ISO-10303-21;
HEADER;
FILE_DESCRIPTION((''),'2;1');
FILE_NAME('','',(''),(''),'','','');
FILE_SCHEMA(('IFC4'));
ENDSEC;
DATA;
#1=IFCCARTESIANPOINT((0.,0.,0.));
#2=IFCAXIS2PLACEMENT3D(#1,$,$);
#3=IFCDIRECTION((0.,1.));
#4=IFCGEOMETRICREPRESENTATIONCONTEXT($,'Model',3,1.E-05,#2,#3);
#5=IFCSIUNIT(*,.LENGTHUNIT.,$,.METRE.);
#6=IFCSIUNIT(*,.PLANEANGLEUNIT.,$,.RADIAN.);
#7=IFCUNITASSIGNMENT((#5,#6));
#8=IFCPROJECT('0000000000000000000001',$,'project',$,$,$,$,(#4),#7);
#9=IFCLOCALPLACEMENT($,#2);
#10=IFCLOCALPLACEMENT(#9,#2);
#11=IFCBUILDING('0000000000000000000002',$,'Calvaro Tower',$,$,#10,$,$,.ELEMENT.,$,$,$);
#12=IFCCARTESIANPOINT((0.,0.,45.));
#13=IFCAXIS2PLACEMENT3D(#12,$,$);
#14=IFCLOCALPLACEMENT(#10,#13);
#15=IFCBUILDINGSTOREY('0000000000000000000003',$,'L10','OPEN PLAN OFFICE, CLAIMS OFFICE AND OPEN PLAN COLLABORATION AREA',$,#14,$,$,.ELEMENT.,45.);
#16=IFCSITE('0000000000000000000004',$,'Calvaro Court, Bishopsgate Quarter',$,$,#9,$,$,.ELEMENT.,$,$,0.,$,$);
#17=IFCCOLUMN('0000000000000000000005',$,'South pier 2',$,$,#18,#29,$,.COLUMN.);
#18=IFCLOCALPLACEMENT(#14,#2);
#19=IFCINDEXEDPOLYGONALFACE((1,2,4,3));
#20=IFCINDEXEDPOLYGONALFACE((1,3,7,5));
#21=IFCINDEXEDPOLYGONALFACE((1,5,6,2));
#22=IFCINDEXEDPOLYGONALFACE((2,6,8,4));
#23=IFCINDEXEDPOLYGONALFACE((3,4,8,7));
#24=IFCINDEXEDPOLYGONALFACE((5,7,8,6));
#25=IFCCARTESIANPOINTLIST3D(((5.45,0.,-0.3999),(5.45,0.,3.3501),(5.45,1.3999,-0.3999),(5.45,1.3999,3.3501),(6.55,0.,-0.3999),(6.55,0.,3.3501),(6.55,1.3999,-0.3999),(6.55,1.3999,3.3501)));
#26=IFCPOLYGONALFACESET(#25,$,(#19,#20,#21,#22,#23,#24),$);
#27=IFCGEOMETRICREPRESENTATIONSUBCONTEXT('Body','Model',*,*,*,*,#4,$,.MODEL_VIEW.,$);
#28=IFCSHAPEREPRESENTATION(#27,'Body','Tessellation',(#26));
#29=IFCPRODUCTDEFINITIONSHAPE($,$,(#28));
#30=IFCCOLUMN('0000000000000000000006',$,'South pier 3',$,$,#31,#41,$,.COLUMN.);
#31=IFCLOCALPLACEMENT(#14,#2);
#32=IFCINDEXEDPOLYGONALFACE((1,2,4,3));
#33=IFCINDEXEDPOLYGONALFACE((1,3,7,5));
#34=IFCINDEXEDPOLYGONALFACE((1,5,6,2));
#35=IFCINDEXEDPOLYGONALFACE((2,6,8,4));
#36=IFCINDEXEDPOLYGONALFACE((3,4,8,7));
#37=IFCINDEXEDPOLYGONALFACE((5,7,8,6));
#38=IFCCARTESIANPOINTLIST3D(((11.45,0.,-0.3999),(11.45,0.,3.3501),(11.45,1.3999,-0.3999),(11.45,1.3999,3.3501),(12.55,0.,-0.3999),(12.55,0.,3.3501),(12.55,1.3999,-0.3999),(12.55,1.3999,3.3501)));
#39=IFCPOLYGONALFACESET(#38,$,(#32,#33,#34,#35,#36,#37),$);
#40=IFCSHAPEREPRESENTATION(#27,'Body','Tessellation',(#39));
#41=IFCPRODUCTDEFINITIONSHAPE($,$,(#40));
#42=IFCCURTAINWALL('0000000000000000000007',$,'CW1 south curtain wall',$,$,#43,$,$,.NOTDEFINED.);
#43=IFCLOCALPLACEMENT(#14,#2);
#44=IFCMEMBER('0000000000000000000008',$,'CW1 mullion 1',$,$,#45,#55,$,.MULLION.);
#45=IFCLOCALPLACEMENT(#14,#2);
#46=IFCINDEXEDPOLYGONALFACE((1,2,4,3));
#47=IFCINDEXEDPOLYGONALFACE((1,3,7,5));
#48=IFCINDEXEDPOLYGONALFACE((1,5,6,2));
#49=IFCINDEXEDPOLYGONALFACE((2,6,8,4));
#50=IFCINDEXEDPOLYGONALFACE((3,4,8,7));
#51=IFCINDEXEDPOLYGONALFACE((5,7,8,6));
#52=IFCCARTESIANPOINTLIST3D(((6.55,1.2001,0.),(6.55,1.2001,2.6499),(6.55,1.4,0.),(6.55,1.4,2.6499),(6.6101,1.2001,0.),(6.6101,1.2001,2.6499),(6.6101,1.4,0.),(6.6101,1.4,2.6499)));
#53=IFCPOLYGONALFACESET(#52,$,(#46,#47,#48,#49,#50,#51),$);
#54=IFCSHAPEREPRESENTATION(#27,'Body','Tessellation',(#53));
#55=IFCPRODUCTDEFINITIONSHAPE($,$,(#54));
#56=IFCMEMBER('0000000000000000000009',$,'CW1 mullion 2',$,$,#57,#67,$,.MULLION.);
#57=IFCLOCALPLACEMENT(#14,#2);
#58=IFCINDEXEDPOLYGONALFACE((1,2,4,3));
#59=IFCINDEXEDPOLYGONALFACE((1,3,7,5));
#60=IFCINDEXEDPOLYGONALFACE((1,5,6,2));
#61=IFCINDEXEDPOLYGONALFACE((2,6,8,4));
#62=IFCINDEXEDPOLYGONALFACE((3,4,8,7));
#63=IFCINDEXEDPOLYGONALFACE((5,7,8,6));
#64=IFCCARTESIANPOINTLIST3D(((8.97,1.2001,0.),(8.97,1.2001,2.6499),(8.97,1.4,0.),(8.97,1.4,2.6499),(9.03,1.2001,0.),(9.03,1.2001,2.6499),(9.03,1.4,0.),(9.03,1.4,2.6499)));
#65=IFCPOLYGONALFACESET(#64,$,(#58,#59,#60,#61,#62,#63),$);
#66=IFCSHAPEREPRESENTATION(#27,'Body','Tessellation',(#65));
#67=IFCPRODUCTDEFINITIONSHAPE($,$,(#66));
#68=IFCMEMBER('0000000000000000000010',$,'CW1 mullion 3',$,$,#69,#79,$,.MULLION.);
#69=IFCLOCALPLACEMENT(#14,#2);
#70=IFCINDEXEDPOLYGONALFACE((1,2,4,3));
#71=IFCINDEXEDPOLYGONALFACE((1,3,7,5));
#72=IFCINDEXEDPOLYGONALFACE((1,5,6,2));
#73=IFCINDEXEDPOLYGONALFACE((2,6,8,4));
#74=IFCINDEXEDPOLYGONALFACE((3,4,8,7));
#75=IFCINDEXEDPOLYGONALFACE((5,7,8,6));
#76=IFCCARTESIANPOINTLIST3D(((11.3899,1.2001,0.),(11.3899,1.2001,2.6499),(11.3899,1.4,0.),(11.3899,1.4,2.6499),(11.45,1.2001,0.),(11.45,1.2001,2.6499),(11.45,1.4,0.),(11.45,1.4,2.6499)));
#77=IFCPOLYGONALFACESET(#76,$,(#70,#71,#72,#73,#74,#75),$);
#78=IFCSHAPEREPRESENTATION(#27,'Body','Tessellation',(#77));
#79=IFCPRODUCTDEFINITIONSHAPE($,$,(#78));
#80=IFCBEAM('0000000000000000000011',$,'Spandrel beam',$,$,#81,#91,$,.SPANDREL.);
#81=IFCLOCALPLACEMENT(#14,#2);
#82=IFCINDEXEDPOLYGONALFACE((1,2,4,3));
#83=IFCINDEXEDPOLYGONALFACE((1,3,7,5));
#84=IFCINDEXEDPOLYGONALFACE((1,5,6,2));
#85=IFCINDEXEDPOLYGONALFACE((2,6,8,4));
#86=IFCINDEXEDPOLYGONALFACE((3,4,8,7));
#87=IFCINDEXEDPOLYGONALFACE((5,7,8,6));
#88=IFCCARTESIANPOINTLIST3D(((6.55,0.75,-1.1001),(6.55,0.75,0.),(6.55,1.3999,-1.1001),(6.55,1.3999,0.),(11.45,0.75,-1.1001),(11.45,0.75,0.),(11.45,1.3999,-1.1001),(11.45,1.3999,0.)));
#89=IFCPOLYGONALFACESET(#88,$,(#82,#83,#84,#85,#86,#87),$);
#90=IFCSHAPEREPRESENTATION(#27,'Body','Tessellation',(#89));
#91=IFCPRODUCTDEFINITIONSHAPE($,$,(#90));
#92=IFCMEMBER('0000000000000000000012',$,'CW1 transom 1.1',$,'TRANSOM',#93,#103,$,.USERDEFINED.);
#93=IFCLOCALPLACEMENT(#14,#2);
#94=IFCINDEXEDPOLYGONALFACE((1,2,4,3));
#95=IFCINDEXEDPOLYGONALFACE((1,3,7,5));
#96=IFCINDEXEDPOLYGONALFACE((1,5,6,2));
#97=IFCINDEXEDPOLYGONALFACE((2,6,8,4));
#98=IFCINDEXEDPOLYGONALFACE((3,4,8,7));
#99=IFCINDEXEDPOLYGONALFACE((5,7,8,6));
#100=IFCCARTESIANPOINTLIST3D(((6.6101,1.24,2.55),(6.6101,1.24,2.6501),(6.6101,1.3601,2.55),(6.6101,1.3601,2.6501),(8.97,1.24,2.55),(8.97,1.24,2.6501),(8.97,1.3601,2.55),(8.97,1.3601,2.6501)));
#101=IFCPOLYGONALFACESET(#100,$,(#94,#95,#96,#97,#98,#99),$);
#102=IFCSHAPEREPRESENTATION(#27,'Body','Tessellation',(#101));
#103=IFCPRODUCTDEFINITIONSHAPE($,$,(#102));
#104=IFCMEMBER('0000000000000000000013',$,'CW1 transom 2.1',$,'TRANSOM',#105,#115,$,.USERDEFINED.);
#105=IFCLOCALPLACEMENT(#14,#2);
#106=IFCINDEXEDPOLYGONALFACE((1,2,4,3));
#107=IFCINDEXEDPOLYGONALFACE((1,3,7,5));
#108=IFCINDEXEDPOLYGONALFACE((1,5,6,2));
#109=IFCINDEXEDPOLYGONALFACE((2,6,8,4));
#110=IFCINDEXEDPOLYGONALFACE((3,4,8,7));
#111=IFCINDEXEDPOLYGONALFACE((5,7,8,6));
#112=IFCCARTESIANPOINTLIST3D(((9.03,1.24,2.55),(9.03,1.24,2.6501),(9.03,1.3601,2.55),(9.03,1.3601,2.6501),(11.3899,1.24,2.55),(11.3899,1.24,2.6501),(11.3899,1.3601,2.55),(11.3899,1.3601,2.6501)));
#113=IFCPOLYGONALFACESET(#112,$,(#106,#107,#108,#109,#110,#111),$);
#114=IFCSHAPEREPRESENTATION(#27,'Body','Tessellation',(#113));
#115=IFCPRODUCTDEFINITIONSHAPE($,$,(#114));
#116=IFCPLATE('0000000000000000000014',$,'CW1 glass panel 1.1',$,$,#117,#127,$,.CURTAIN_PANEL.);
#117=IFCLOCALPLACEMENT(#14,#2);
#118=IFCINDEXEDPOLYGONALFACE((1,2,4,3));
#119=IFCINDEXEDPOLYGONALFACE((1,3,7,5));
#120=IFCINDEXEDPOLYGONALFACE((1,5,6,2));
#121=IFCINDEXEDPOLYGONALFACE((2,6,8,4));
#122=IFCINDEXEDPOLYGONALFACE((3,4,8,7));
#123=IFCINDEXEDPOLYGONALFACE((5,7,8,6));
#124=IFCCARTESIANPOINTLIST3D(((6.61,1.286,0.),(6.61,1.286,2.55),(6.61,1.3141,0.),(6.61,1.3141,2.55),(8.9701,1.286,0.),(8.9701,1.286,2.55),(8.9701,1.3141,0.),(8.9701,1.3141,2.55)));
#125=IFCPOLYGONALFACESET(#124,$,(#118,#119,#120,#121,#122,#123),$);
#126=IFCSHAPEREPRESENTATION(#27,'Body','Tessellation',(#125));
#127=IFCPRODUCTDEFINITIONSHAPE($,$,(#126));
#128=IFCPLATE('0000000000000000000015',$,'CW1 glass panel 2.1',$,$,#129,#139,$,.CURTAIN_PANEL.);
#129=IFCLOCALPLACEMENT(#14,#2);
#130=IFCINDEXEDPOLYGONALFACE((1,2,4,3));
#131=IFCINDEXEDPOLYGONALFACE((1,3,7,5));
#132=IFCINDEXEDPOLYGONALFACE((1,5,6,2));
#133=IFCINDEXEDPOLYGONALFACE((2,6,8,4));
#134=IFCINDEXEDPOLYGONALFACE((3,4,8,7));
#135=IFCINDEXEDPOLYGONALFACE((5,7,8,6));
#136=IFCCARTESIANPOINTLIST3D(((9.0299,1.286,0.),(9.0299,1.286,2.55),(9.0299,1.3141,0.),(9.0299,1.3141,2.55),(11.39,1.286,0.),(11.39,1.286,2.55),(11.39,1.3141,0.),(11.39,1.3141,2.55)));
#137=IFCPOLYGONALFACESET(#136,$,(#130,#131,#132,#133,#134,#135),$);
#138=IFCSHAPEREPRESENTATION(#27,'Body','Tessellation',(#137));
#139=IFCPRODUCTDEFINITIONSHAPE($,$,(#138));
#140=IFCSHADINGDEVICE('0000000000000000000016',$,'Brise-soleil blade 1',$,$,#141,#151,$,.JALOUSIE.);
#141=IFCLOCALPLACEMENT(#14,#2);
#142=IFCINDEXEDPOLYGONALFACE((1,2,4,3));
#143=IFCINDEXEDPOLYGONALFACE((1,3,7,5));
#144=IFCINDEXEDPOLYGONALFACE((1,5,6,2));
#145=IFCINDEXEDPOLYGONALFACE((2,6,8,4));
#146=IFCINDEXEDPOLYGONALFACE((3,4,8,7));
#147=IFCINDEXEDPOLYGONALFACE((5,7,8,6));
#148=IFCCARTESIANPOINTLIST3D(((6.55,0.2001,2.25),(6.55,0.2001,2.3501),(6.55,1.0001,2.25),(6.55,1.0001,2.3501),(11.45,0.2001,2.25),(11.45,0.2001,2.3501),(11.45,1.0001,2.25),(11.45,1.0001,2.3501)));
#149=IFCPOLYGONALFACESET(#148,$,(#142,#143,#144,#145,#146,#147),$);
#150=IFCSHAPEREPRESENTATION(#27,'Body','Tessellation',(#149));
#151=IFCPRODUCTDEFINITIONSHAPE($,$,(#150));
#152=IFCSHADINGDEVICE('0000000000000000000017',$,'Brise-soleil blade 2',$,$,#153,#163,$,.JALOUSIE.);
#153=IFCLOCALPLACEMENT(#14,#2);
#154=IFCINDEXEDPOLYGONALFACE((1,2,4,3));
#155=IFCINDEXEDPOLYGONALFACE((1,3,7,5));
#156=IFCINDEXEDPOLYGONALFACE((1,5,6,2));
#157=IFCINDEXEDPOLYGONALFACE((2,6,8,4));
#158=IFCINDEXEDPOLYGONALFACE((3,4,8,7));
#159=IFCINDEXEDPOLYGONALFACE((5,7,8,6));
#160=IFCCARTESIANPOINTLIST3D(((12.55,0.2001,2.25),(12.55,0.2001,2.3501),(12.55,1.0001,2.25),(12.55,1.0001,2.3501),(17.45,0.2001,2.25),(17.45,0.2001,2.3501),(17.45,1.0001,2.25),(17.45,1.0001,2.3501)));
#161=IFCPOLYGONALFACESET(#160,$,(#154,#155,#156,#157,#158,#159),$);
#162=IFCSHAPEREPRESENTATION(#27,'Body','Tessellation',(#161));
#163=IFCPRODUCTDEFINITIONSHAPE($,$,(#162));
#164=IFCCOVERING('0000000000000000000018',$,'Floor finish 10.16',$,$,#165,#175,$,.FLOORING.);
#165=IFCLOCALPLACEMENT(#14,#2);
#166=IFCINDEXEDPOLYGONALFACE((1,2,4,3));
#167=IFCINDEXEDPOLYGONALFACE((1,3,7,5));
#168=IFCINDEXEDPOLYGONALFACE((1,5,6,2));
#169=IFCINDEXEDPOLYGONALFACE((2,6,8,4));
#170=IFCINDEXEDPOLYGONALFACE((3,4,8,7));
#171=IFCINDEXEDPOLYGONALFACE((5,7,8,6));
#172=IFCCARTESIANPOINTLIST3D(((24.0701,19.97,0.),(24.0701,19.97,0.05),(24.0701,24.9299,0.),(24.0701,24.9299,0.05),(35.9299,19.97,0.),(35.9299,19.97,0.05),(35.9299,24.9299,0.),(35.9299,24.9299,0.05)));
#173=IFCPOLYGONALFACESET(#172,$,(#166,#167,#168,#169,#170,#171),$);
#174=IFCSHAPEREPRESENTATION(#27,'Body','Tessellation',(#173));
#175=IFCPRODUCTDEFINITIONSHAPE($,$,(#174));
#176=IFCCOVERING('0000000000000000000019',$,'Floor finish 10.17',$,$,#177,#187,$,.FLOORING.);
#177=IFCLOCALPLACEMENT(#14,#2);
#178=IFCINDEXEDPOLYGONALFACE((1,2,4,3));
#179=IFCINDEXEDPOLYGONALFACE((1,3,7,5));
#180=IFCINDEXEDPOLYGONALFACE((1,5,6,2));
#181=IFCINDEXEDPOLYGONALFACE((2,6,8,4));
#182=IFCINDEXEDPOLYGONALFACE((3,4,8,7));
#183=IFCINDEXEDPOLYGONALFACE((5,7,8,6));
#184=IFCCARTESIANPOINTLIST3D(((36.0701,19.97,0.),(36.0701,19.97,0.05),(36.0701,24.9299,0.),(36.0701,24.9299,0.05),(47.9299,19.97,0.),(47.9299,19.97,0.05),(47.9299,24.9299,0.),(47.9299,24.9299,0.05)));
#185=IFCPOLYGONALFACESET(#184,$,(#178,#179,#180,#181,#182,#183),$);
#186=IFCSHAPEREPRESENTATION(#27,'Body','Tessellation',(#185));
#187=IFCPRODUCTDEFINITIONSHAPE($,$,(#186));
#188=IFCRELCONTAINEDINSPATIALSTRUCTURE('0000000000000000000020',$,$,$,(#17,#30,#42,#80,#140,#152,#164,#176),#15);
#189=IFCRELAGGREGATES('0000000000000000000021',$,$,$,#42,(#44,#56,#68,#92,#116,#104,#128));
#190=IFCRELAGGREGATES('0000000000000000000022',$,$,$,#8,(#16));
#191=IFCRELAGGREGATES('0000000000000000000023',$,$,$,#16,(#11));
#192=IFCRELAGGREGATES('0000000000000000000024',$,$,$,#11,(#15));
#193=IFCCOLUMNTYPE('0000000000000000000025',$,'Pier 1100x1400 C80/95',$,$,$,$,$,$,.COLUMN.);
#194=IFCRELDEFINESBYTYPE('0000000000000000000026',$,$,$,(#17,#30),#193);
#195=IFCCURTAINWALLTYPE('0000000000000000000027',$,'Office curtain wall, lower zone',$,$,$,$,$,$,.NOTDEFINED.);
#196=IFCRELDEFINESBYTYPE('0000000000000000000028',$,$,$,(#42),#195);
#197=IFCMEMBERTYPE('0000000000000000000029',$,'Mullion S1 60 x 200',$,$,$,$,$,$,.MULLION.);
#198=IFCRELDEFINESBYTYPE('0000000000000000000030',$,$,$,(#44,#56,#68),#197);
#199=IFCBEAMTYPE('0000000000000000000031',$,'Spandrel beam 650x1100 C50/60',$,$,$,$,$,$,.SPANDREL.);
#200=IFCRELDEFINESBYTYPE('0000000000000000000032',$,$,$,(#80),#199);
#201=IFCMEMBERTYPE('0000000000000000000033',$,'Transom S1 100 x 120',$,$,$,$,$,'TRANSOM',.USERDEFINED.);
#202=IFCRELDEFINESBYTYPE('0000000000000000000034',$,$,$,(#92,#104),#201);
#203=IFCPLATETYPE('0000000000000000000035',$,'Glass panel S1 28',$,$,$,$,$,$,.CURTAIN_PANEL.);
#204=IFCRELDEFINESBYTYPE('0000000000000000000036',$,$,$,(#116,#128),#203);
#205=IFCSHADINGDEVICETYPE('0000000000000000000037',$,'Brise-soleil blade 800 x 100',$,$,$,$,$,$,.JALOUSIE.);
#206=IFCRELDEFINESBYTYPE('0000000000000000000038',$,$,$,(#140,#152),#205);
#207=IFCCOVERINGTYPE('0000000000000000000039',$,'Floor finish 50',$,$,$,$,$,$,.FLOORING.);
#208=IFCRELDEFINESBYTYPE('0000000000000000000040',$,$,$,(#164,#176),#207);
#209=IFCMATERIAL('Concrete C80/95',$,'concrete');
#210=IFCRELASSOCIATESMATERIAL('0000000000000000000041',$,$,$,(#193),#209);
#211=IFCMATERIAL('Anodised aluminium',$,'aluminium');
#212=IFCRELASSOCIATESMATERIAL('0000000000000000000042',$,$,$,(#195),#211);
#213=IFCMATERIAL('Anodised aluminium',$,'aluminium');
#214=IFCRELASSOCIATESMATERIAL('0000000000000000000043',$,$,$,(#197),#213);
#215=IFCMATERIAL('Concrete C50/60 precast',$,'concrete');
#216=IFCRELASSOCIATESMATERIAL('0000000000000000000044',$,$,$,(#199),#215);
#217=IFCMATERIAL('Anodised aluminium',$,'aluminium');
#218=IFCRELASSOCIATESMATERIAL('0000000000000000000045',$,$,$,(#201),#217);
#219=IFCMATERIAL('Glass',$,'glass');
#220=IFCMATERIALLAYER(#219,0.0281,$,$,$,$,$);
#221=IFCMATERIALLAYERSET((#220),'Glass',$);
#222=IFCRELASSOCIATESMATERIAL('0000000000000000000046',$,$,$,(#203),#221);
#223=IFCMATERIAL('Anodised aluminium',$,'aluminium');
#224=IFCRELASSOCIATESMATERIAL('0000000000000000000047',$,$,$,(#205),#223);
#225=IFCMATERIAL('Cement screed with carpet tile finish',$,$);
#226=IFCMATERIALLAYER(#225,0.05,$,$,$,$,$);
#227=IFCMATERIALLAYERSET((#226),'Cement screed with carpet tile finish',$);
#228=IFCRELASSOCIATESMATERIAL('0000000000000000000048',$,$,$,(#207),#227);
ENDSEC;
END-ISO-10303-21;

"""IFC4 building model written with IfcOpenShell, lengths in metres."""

from ifc_helpers import new_model, si_unit, direction, frame, origin, origin_2d, place, context, subcontext, project, spatial, polyline, rectangle, outline, extrude, material, layer, layer_set, material_profile, profile_set, type_object, element, aggregate, save


model = new_model("IFC4")

# Units and contexts
model_context = context("Model", 3, precision=1e-05, world=origin(), true_north=direction((0.0, 1.0)))
body_context = subcontext(model_context, "Body", "Model", "MODEL_VIEW")
ifc_project = project(units=[si_unit("LENGTHUNIT", "METRE"), si_unit("PLANEANGLEUNIT", "RADIAN")], contexts=[model_context])

# Site, building, storey
site_placement = place(None, origin())
site = spatial("IfcSite", under=ifc_project, at=site_placement, Name="Calvaro Court, Bishopsgate Quarter", CompositionType="ELEMENT", RefElevation=0.0)
building_placement = place(site_placement, origin())
building = spatial("IfcBuilding", under=site, at=building_placement, Name="Calvaro Tower", CompositionType="ELEMENT")
storey_placement = place(building_placement, frame((0.0, 0.0, 45.0)))
storey = spatial("IfcBuildingStorey", under=building, at=storey_placement, Name="L10", Description="OPEN PLAN OFFICE, CLAIMS OFFICE AND OPEN PLAN COLLABORATION AREA", CompositionType="ELEMENT", Elevation=45.0)

# Columns
ifc_material_1 = material(Name="Concrete C80/95", Category="concrete")
ifc_material_profile_1 = material_profile(ifc_material_1, rectangle(XDim=1.1001, YDim=1.3999, at=origin_2d()), Name="RC 1100x1400")
ifc_profile_set_1 = profile_set([ifc_material_profile_1], Name="Concrete C80/95")
column_type = type_object("IfcColumnType", Name="Pier 1100x1400 C80/95", PredefinedType="COLUMN", material=ifc_profile_set_1)
for number, where, z_axis, x_axis, name in (
    (1, (6.0, 0.7, -0.3999), (0.0, 0.0, 1.0), (1.0, 0.0, 0.0), "South pier 2"),
    (2, (12.0, 0.7, -0.3999), (0.0, 0.0, 1.0), (1.0, 0.0, 0.0), "South pier 3"),
):
    element("IfcColumn", number, at=place(storey_placement, frame(where, z_axis=z_axis, x_axis=x_axis)), inside=storey, type_object=column_type, Name=name, PredefinedType="COLUMN", context=body_context, shape_type="SweptSolid", body=[
        extrude(rectangle(XDim=1.1001, YDim=1.3999, at=origin_2d()), origin(), (0.0, 0.0, 1.0), 3.75),
    ])

# Curtain wall, members
ifc_material_2 = material(Name="Anodised aluminium", Category="aluminium")
curtain_wall_type = type_object("IfcCurtainWallType", Name="Office curtain wall, lower zone", PredefinedType="NOTDEFINED", material=ifc_material_2)
curtain_wall_placement = place(storey_placement, origin())
curtain_wall = element("IfcCurtainWall", 3, at=curtain_wall_placement, inside=storey, type_object=curtain_wall_type, Name="CW1 south curtain wall", PredefinedType="NOTDEFINED")
ifc_material_3 = material(Name="Anodised aluminium", Category="aluminium")
ifc_material_profile_2 = material_profile(ifc_material_3, rectangle(XDim=0.2, YDim=0.0601, at=origin_2d()), Name="Mullion S1 60 x 200")
ifc_profile_set_2 = profile_set([ifc_material_profile_2], Name="Anodised aluminium")
member_type_1 = type_object("IfcMemberType", Name="Mullion S1 60 x 200", PredefinedType="MULLION", material=ifc_profile_set_2)
member_1_placement = place(storey_placement, frame((6.5801, 1.3, 0.0), z_axis=(0.0, 0.0, 1.0), x_axis=(0.0, 1.0, 0.0)))
member_1 = element("IfcMember", 4, at=member_1_placement, type_object=member_type_1, Name="CW1 mullion 1", PredefinedType="MULLION", context=body_context, shape_type="SweptSolid", body=[
    extrude(rectangle(XDim=0.2, YDim=0.0601, at=origin_2d()), origin(), (0.0, 0.0, 1.0), 2.6499),
])
member_2_placement = place(storey_placement, frame((9.0, 1.3, 0.0), z_axis=(0.0, 0.0, 1.0), x_axis=(0.0, 1.0, 0.0)))
member_2 = element("IfcMember", 5, at=member_2_placement, type_object=member_type_1, Name="CW1 mullion 2", PredefinedType="MULLION", context=body_context, shape_type="SweptSolid", body=[
    extrude(rectangle(XDim=0.2, YDim=0.0601, at=origin_2d()), origin(), (0.0, 0.0, 1.0), 2.6499),
])
member_3_placement = place(storey_placement, frame((11.4199, 1.3, 0.0), z_axis=(0.0, 0.0, 1.0), x_axis=(0.0, 1.0, 0.0)))
member_3 = element("IfcMember", 6, at=member_3_placement, type_object=member_type_1, Name="CW1 mullion 3", PredefinedType="MULLION", context=body_context, shape_type="SweptSolid", body=[
    extrude(rectangle(XDim=0.2, YDim=0.0601, at=origin_2d()), origin(), (0.0, 0.0, 1.0), 2.6499),
])

# Beam
ifc_material_4 = material(Name="Concrete C50/60 precast", Category="concrete")
ifc_material_profile_3 = material_profile(ifc_material_4, rectangle(XDim=0.6499, YDim=1.1001, at=origin_2d()), Name="RC 650x1100")
ifc_profile_set_3 = profile_set([ifc_material_profile_3], Name="Concrete C50/60 precast")
beam_type = type_object("IfcBeamType", Name="Spandrel beam 650x1100 C50/60", PredefinedType="SPANDREL", material=ifc_profile_set_3)
beam_placement = place(storey_placement, frame((6.55, 1.075, -0.55), z_axis=(1.0, 0.0, 0.0), x_axis=(0.0, 1.0, 0.0)))
element("IfcBeam", 7, at=beam_placement, inside=storey, type_object=beam_type, Name="Spandrel beam", PredefinedType="SPANDREL", context=body_context, shape_type="SweptSolid", body=[
    extrude(rectangle(XDim=0.6499, YDim=1.1001, at=origin_2d()), origin(), (0.0, 0.0, 1.0), 4.8999),
])

# Members
ifc_material_5 = material(Name="Anodised aluminium", Category="aluminium")
ifc_material_profile_4 = material_profile(ifc_material_5, rectangle(XDim=0.1201, YDim=0.1001, at=origin_2d()), Name="Transom S1 100 x 120")
ifc_profile_set_4 = profile_set([ifc_material_profile_4], Name="Anodised aluminium")
member_type_2 = type_object("IfcMemberType", Name="Transom S1 100 x 120", ElementType="TRANSOM", PredefinedType="USERDEFINED", material=ifc_profile_set_4)
member_4_placement = place(storey_placement, frame((6.6101, 1.3, 2.6001), z_axis=(1.0, 0.0, 0.0), x_axis=(0.0, 1.0, 0.0)))
member_4 = element("IfcMember", 8, at=member_4_placement, type_object=member_type_2, Name="CW1 transom 1.1", ObjectType="TRANSOM", PredefinedType="USERDEFINED", context=body_context, shape_type="SweptSolid", body=[
    extrude(rectangle(XDim=0.1201, YDim=0.1001, at=origin_2d()), origin(), (0.0, 0.0, 1.0), 2.3599),
])
member_5_placement = place(storey_placement, frame((9.03, 1.3, 2.6001), z_axis=(1.0, 0.0, 0.0), x_axis=(0.0, 1.0, 0.0)))
member_5 = element("IfcMember", 9, at=member_5_placement, type_object=member_type_2, Name="CW1 transom 2.1", ObjectType="TRANSOM", PredefinedType="USERDEFINED", context=body_context, shape_type="SweptSolid", body=[
    extrude(rectangle(XDim=0.1201, YDim=0.1001, at=origin_2d()), origin(), (0.0, 0.0, 1.0), 2.3599),
])

# Plates
ifc_material_6 = material(Name="Glass", Category="glass")
ifc_layer_1 = layer(ifc_material_6, 0.0281)
ifc_layer_set_1 = layer_set([ifc_layer_1], Name="Glass")
plate_type = type_object("IfcPlateType", Name="Glass panel S1 28", PredefinedType="CURTAIN_PANEL", material=ifc_layer_set_1)
plate_1_placement = place(storey_placement, frame((7.79, 1.3, 0.0), z_axis=(0.0, 0.0, 1.0), x_axis=(1.0, 0.0, 0.0)))
plate_1 = element("IfcPlate", 10, at=plate_1_placement, type_object=plate_type, Name="CW1 glass panel 1.1", PredefinedType="CURTAIN_PANEL", context=body_context, shape_type="SweptSolid", body=[
    extrude(rectangle(XDim=2.3601, YDim=0.0281, at=origin_2d()), origin(), (0.0, 0.0, 1.0), 2.55),
])
plate_2_placement = place(storey_placement, frame((10.21, 1.3, 0.0), z_axis=(0.0, 0.0, 1.0), x_axis=(1.0, 0.0, 0.0)))
plate_2 = element("IfcPlate", 11, at=plate_2_placement, type_object=plate_type, Name="CW1 glass panel 2.1", PredefinedType="CURTAIN_PANEL", context=body_context, shape_type="SweptSolid", body=[
    extrude(rectangle(XDim=2.3601, YDim=0.0281, at=origin_2d()), origin(), (0.0, 0.0, 1.0), 2.55),
])
aggregate(curtain_wall, [member_1, member_2, member_3, member_4, plate_1, member_5, plate_2])

# Shading devices
ifc_material_7 = material(Name="Anodised aluminium", Category="aluminium")
ifc_material_profile_5 = material_profile(ifc_material_7, rectangle(XDim=0.8, YDim=0.1001, at=origin_2d()), Name="Brise-soleil blade 800 x 100")
ifc_profile_set_5 = profile_set([ifc_material_profile_5], Name="Anodised aluminium")
shading_device_type = type_object("IfcShadingDeviceType", Name="Brise-soleil blade 800 x 100", PredefinedType="JALOUSIE", material=ifc_profile_set_5)
for number, where, z_axis, x_axis, name in (
    (12, (6.55, 0.6001, 2.3), (1.0, 0.0, 0.0), (0.0, 1.0, 0.0), "Brise-soleil blade 1"),
    (13, (12.55, 0.6001, 2.3), (1.0, 0.0, 0.0), (0.0, 1.0, 0.0), "Brise-soleil blade 2"),
):
    element("IfcShadingDevice", number, at=place(storey_placement, frame(where, z_axis=z_axis, x_axis=x_axis)), inside=storey, type_object=shading_device_type, Name=name, PredefinedType="JALOUSIE", context=body_context, shape_type="SweptSolid", body=[
        extrude(rectangle(XDim=0.8, YDim=0.1001, at=origin_2d()), origin(), (0.0, 0.0, 1.0), 4.8999),
    ])

# Coverings
ifc_material_8 = material(Name="Cement screed with carpet tile finish")
ifc_layer_2 = layer(ifc_material_8, 0.05)
ifc_layer_set_2 = layer_set([ifc_layer_2], Name="Cement screed with carpet tile finish")
covering_type = type_object("IfcCoveringType", Name="Floor finish 50", PredefinedType="FLOORING", material=ifc_layer_set_2)
covering_1_placement = place(storey_placement, origin())
element("IfcCovering", 14, at=covering_1_placement, inside=storey, type_object=covering_type, Name="Floor finish 10.16", PredefinedType="FLOORING", context=body_context, shape_type="SweptSolid", body=[
    extrude(outline(polyline([(24.0701, 19.97), (24.0701, 24.9299), (35.9299, 24.9299), (35.9299, 19.97), (24.0701, 19.97)])), origin(), (0.0, 0.0, 1.0), 0.05),
])
covering_2_placement = place(storey_placement, origin())
element("IfcCovering", 15, at=covering_2_placement, inside=storey, type_object=covering_type, Name="Floor finish 10.17", PredefinedType="FLOORING", context=body_context, shape_type="SweptSolid", body=[
    extrude(outline(polyline([(36.0701, 19.97), (36.0701, 24.9299), (47.9299, 24.9299), (47.9299, 19.97), (36.0701, 19.97)])), origin(), (0.0, 0.0, 1.0), 0.05),
])

save(model, "model.ifc")
